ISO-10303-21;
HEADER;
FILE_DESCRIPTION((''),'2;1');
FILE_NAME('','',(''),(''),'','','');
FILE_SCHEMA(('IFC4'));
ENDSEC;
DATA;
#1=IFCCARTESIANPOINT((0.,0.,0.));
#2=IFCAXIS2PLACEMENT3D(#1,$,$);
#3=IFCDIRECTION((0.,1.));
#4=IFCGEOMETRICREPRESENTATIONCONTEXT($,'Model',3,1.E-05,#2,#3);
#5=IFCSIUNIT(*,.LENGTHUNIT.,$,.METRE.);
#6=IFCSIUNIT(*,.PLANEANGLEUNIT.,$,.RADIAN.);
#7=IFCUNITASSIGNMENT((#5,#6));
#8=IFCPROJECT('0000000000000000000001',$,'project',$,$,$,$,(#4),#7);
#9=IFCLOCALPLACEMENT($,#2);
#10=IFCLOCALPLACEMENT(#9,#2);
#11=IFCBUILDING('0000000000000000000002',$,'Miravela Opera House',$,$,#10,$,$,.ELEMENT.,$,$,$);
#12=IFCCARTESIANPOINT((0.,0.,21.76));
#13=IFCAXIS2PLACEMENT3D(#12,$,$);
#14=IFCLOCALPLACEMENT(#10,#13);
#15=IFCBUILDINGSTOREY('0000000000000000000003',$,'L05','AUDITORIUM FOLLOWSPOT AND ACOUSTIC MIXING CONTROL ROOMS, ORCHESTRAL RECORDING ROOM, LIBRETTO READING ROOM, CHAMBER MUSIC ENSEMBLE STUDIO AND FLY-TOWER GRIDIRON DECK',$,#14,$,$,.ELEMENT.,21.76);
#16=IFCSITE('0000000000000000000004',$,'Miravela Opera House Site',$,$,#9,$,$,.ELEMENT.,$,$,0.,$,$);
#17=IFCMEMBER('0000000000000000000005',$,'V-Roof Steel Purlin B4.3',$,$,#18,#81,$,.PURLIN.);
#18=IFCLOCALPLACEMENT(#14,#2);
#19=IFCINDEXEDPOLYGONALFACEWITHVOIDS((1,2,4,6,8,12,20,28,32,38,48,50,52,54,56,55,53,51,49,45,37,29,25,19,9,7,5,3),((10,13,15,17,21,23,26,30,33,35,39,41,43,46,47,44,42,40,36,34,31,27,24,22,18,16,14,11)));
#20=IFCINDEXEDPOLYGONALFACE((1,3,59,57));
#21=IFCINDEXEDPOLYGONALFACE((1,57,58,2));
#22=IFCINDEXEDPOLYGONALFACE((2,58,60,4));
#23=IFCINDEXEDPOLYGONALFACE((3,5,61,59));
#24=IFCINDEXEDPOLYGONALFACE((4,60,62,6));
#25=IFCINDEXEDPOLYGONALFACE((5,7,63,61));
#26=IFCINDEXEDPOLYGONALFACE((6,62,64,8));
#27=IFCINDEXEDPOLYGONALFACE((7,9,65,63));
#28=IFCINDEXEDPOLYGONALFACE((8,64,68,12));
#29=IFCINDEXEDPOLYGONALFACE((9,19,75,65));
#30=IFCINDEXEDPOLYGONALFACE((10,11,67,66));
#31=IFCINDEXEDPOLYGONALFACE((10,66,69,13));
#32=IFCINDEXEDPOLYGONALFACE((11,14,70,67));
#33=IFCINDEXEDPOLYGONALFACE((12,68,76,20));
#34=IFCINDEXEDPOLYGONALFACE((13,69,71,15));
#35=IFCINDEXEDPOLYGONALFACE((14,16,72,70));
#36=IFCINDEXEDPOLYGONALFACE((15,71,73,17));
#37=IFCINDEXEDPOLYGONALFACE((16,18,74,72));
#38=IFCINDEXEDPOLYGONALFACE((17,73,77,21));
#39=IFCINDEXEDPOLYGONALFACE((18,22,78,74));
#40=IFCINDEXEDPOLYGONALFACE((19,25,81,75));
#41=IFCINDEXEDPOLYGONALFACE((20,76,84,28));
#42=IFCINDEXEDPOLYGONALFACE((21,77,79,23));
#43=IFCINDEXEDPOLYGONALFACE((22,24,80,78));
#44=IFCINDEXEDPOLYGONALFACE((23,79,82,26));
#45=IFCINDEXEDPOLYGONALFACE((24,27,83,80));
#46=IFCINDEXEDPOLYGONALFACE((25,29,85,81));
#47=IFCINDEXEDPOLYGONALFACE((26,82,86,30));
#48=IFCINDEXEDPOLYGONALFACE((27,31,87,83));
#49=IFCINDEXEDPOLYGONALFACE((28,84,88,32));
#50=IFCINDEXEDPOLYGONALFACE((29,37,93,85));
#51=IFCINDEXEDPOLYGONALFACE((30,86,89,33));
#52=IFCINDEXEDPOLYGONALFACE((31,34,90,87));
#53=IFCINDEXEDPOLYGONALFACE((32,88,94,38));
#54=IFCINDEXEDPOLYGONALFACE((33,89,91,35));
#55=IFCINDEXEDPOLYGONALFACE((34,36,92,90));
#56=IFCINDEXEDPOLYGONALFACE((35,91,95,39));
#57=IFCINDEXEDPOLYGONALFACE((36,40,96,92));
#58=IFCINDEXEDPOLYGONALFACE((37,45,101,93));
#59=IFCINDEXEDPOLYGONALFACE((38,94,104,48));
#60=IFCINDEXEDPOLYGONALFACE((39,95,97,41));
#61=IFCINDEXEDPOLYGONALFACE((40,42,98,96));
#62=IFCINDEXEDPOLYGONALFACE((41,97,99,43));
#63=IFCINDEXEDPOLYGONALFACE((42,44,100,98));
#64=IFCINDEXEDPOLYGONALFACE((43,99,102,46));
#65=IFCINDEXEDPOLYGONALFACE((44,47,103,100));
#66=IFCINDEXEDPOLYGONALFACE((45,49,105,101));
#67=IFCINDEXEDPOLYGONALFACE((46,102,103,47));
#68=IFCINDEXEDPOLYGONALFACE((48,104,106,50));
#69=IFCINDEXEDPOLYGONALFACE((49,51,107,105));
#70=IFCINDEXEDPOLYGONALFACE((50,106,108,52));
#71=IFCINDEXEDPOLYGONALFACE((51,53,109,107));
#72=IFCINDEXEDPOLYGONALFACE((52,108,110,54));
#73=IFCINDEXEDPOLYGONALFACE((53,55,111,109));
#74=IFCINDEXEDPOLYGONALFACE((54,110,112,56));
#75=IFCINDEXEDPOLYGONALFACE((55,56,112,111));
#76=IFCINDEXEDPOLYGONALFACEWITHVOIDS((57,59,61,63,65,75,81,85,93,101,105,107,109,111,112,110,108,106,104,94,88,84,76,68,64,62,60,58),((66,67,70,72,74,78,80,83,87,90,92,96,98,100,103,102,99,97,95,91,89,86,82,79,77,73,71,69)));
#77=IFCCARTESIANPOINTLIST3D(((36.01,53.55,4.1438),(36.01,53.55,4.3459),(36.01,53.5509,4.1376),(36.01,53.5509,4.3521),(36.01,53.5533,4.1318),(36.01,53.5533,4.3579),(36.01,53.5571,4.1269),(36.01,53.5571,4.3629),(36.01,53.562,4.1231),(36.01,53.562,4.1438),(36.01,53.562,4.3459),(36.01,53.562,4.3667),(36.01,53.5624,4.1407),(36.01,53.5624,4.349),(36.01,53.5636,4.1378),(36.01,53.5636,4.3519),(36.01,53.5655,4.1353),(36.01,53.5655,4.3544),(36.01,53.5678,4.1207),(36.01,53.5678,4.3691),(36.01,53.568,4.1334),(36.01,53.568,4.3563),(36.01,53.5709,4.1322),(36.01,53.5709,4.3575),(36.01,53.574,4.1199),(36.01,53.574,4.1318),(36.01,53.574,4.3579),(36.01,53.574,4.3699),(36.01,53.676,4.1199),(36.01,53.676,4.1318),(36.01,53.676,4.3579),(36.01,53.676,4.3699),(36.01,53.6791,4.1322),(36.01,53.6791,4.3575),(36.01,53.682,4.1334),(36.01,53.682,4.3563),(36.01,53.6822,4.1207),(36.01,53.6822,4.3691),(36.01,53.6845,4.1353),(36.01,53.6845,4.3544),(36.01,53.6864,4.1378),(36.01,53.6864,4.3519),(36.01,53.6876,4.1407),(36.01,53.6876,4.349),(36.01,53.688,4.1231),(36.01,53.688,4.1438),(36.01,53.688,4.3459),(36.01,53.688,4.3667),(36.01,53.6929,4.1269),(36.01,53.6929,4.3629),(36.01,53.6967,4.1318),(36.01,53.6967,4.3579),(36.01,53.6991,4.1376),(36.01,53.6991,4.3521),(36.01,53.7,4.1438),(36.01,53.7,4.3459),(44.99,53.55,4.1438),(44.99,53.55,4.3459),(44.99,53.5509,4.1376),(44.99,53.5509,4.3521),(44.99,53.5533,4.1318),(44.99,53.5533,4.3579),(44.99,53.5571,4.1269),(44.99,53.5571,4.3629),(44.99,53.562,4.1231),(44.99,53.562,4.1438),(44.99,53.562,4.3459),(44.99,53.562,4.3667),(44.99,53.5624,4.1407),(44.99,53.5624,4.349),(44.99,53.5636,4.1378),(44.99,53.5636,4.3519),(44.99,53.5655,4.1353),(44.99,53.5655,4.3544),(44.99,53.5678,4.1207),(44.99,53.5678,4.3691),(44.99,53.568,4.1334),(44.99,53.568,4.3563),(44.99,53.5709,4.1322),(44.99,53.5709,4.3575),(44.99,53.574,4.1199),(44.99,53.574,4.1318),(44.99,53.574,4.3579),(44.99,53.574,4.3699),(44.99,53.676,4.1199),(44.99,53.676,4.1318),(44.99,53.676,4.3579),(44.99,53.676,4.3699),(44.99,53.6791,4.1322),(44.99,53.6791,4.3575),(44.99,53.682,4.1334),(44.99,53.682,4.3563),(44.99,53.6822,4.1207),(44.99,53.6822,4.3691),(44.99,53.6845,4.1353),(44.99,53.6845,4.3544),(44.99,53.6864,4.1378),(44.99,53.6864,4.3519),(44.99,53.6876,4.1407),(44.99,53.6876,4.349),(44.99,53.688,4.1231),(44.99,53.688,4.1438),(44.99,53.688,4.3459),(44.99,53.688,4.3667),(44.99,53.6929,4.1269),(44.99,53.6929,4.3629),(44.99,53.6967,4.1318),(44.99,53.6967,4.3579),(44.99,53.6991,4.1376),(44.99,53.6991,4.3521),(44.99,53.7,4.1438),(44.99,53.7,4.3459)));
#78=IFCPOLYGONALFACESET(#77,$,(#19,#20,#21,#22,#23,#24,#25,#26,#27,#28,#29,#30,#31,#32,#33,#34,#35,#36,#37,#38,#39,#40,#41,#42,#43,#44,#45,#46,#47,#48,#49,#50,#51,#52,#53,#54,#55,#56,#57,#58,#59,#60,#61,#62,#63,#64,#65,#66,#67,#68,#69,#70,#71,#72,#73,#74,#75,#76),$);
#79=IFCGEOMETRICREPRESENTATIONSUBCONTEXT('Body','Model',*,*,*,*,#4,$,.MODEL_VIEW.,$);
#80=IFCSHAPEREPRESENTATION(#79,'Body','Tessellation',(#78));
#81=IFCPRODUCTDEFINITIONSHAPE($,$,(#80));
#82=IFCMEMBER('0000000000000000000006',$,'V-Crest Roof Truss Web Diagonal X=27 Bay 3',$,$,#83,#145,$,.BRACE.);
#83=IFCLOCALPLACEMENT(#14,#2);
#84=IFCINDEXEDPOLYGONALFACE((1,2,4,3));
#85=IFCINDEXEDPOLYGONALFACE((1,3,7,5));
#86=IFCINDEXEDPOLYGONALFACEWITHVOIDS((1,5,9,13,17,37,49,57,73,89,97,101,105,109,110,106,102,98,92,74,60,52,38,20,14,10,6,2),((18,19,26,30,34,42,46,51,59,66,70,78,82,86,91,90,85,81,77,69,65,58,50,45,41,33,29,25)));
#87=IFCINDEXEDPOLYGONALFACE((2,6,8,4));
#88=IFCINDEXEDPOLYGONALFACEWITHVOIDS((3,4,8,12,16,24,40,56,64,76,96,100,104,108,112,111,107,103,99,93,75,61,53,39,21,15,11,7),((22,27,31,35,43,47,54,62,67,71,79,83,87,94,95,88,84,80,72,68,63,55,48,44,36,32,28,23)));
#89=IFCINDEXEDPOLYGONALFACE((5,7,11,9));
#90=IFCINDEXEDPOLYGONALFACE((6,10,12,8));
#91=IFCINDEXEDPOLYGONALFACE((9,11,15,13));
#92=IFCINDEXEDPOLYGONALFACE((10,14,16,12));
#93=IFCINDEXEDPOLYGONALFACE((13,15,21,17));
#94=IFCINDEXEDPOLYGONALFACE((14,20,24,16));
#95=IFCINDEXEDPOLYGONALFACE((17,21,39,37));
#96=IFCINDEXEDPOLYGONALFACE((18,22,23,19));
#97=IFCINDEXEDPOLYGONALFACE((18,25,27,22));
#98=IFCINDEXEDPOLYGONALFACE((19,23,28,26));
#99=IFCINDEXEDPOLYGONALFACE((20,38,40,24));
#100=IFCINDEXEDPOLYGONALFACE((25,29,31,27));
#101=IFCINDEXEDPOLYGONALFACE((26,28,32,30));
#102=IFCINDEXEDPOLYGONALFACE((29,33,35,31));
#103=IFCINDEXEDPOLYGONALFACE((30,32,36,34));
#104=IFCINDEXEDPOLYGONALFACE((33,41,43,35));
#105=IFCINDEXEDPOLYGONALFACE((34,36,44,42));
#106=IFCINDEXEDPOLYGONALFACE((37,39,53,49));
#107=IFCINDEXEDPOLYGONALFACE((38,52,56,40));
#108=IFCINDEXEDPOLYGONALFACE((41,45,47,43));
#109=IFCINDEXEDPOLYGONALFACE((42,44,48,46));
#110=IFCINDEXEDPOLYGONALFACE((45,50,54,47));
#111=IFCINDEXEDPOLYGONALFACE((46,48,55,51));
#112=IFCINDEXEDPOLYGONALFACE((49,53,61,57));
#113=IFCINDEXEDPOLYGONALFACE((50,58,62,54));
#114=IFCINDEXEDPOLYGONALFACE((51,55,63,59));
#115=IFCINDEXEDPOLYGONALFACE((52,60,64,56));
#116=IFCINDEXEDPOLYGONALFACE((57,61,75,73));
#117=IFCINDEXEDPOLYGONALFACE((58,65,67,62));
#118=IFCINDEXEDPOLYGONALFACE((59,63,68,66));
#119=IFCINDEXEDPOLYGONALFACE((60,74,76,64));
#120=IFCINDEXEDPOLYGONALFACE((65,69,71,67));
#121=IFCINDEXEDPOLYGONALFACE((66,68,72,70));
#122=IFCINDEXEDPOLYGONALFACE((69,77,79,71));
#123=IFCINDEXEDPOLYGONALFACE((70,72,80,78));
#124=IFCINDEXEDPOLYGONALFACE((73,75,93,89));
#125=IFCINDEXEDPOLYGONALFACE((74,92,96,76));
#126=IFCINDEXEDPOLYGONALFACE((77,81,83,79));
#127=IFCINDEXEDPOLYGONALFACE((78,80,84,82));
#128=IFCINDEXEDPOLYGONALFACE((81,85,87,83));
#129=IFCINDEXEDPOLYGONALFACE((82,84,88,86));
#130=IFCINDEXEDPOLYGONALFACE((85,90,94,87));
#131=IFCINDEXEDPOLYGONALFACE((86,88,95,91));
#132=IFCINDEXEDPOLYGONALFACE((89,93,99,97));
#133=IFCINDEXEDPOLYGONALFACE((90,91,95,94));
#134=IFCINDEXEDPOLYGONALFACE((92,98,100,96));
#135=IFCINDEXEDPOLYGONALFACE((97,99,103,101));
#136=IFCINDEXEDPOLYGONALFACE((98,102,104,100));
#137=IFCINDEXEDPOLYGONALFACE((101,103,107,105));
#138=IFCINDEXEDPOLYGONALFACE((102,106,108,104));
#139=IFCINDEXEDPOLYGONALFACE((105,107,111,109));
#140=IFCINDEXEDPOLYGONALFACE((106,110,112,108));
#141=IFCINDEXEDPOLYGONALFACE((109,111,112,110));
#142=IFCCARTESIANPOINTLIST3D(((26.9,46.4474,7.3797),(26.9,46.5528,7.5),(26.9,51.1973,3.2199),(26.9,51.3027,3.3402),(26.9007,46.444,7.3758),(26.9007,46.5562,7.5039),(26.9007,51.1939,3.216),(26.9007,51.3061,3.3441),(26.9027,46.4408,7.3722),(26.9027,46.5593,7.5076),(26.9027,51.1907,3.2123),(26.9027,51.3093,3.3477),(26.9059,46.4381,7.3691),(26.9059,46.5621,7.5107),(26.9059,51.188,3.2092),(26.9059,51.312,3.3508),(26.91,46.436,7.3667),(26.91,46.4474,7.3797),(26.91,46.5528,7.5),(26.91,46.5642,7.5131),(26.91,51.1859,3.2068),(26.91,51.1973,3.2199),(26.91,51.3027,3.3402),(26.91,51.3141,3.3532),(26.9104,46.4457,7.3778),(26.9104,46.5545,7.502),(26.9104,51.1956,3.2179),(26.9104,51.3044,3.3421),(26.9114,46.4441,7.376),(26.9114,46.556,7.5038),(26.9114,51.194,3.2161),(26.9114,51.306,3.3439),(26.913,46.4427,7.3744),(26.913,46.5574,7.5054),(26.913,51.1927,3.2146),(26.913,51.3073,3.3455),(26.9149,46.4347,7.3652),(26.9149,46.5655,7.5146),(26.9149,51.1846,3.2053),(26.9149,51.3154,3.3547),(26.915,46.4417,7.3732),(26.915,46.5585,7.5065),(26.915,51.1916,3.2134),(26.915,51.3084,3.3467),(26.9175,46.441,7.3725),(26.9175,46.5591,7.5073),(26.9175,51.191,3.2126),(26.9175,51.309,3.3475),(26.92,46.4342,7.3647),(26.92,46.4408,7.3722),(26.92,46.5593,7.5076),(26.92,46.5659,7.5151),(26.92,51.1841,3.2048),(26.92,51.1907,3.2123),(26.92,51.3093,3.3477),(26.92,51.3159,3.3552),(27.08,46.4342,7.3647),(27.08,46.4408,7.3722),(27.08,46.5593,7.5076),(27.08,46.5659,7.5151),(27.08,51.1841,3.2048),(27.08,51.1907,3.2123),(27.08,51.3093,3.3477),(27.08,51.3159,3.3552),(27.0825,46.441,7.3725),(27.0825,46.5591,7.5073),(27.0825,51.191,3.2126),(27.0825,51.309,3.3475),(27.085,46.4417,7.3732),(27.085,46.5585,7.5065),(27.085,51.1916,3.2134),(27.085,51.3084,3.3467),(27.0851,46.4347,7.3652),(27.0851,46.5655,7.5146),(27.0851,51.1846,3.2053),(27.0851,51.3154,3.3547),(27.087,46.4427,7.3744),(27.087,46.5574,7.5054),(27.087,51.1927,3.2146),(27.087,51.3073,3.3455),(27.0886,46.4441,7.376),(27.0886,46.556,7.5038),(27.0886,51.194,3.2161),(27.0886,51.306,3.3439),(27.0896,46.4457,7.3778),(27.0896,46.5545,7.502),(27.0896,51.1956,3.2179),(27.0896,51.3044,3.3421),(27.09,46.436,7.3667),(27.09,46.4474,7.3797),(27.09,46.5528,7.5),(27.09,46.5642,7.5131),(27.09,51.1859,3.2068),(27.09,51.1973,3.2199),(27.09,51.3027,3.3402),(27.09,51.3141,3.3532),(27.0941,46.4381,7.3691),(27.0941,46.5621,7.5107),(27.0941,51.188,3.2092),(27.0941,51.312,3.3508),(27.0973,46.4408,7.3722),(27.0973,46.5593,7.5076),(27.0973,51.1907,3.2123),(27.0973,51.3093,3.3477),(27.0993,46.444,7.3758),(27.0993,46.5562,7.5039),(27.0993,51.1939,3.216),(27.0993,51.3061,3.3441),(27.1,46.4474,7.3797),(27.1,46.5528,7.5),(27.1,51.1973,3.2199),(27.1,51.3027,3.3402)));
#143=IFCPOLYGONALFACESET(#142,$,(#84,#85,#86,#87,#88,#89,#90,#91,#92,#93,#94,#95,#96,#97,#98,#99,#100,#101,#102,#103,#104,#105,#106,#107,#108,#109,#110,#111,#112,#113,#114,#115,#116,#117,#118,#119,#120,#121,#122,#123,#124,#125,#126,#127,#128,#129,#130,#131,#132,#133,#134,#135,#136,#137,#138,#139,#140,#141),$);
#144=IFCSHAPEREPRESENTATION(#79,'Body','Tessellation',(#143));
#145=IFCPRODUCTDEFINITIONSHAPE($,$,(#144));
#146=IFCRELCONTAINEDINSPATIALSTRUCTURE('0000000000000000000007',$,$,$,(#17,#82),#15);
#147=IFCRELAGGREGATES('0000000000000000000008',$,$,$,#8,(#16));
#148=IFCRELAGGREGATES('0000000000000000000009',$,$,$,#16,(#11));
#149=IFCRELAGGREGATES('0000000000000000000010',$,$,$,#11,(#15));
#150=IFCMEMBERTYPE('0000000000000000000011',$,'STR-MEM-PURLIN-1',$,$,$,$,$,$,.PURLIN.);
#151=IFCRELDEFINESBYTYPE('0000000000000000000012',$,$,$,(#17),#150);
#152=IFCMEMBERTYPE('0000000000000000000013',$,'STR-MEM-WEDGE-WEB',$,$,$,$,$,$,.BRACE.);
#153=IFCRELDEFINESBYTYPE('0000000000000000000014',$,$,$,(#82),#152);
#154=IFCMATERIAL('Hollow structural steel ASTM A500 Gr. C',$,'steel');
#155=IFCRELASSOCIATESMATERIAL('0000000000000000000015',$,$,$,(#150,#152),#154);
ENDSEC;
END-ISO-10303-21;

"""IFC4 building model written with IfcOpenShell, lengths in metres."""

from ifc_helpers import new_model, si_unit, direction, frame, origin, origin_2d, place, context, subcontext, project, spatial, hollow_rectangle, extrude, material, material_profile, profile_set, type_object, element, save


model = new_model("IFC4")

# Units and contexts
model_context = context("Model", 3, precision=1e-05, world=origin(), true_north=direction((0.0, 1.0)))
body_context = subcontext(model_context, "Body", "Model", "MODEL_VIEW")
ifc_project = project(units=[si_unit("LENGTHUNIT", "METRE"), si_unit("PLANEANGLEUNIT", "RADIAN")], contexts=[model_context])

# Site, building, storey
site_placement = place(None, origin())
site = spatial("IfcSite", under=ifc_project, at=site_placement, Name="Miravela Opera House Site", CompositionType="ELEMENT", RefElevation=0.0)
building_placement = place(site_placement, origin())
building = spatial("IfcBuilding", under=site, at=building_placement, Name="Miravela Opera House", CompositionType="ELEMENT")
storey_placement = place(building_placement, frame((0.0, 0.0, 21.76)))
storey = spatial("IfcBuildingStorey", under=building, at=storey_placement, Name="L05", Description="AUDITORIUM FOLLOWSPOT AND ACOUSTIC MIXING CONTROL ROOMS, ORCHESTRAL RECORDING ROOM, LIBRETTO READING ROOM, CHAMBER MUSIC ENSEMBLE STUDIO AND FLY-TOWER GRIDIRON DECK", CompositionType="ELEMENT", Elevation=21.76)

# Members
ifc_material_1 = material(Name="Hollow structural steel ASTM A500 Gr. C", Category="steel")
ifc_material_profile_1 = material_profile(ifc_material_1, hollow_rectangle(XDim=0.1499, YDim=0.25, WallThickness=0.012, InnerFilletRadius=0.012, OuterFilletRadius=0.0239, at=origin_2d()), Name="HSS250X150X12")
ifc_profile_set_1 = profile_set([ifc_material_profile_1])
member_type_1 = type_object("IfcMemberType", Name="STR-MEM-PURLIN-1", PredefinedType="PURLIN", material=ifc_profile_set_1)
for number, where, z_axis, x_axis, name in (
    (1, (36.01, 53.625, 4.2449), (1.0, 0.0, 0.0), (0.0, 1.0, 0.0), "V-Roof Steel Purlin B4.3"),
):
    element("IfcMember", number, at=place(storey_placement, frame(where, z_axis=z_axis, x_axis=x_axis)), inside=storey, type_object=member_type_1, Name=name, PredefinedType="PURLIN", context=body_context, shape_type="SweptSolid", body=[
        extrude(hollow_rectangle(XDim=0.1499, YDim=0.25, WallThickness=0.012, InnerFilletRadius=0.012, OuterFilletRadius=0.0239, at=origin_2d()), origin(), (0.0, 0.0, 1.0), 8.98),
    ])
ifc_material_profile_2 = material_profile(ifc_material_1, hollow_rectangle(XDim=0.2, YDim=0.2, WallThickness=0.01, InnerFilletRadius=0.01, OuterFilletRadius=0.02, at=origin_2d()), Name="HSS200X200X10")
ifc_profile_set_2 = profile_set([ifc_material_profile_2])
member_type_2 = type_object("IfcMemberType", Name="STR-MEM-WEDGE-WEB", PredefinedType="BRACE", material=ifc_profile_set_2)
for number, where, z_axis, x_axis, name in (
    (2, (27.0, 51.25, 3.28), (0.0, -0.752289, 0.658833), (1.0, 0.0, 0.0), "V-Crest Roof Truss Web Diagonal X=27 Bay 3"),
):
    element("IfcMember", number, at=place(storey_placement, frame(where, z_axis=z_axis, x_axis=x_axis)), inside=storey, type_object=member_type_2, Name=name, PredefinedType="BRACE", context=body_context, shape_type="SweptSolid", body=[
        extrude(hollow_rectangle(XDim=0.2, YDim=0.2, WallThickness=0.01, InnerFilletRadius=0.01, OuterFilletRadius=0.02, at=origin_2d()), origin(), (0.0, 0.0, 1.0), 6.314),
    ])

save(model, "model.ifc")
